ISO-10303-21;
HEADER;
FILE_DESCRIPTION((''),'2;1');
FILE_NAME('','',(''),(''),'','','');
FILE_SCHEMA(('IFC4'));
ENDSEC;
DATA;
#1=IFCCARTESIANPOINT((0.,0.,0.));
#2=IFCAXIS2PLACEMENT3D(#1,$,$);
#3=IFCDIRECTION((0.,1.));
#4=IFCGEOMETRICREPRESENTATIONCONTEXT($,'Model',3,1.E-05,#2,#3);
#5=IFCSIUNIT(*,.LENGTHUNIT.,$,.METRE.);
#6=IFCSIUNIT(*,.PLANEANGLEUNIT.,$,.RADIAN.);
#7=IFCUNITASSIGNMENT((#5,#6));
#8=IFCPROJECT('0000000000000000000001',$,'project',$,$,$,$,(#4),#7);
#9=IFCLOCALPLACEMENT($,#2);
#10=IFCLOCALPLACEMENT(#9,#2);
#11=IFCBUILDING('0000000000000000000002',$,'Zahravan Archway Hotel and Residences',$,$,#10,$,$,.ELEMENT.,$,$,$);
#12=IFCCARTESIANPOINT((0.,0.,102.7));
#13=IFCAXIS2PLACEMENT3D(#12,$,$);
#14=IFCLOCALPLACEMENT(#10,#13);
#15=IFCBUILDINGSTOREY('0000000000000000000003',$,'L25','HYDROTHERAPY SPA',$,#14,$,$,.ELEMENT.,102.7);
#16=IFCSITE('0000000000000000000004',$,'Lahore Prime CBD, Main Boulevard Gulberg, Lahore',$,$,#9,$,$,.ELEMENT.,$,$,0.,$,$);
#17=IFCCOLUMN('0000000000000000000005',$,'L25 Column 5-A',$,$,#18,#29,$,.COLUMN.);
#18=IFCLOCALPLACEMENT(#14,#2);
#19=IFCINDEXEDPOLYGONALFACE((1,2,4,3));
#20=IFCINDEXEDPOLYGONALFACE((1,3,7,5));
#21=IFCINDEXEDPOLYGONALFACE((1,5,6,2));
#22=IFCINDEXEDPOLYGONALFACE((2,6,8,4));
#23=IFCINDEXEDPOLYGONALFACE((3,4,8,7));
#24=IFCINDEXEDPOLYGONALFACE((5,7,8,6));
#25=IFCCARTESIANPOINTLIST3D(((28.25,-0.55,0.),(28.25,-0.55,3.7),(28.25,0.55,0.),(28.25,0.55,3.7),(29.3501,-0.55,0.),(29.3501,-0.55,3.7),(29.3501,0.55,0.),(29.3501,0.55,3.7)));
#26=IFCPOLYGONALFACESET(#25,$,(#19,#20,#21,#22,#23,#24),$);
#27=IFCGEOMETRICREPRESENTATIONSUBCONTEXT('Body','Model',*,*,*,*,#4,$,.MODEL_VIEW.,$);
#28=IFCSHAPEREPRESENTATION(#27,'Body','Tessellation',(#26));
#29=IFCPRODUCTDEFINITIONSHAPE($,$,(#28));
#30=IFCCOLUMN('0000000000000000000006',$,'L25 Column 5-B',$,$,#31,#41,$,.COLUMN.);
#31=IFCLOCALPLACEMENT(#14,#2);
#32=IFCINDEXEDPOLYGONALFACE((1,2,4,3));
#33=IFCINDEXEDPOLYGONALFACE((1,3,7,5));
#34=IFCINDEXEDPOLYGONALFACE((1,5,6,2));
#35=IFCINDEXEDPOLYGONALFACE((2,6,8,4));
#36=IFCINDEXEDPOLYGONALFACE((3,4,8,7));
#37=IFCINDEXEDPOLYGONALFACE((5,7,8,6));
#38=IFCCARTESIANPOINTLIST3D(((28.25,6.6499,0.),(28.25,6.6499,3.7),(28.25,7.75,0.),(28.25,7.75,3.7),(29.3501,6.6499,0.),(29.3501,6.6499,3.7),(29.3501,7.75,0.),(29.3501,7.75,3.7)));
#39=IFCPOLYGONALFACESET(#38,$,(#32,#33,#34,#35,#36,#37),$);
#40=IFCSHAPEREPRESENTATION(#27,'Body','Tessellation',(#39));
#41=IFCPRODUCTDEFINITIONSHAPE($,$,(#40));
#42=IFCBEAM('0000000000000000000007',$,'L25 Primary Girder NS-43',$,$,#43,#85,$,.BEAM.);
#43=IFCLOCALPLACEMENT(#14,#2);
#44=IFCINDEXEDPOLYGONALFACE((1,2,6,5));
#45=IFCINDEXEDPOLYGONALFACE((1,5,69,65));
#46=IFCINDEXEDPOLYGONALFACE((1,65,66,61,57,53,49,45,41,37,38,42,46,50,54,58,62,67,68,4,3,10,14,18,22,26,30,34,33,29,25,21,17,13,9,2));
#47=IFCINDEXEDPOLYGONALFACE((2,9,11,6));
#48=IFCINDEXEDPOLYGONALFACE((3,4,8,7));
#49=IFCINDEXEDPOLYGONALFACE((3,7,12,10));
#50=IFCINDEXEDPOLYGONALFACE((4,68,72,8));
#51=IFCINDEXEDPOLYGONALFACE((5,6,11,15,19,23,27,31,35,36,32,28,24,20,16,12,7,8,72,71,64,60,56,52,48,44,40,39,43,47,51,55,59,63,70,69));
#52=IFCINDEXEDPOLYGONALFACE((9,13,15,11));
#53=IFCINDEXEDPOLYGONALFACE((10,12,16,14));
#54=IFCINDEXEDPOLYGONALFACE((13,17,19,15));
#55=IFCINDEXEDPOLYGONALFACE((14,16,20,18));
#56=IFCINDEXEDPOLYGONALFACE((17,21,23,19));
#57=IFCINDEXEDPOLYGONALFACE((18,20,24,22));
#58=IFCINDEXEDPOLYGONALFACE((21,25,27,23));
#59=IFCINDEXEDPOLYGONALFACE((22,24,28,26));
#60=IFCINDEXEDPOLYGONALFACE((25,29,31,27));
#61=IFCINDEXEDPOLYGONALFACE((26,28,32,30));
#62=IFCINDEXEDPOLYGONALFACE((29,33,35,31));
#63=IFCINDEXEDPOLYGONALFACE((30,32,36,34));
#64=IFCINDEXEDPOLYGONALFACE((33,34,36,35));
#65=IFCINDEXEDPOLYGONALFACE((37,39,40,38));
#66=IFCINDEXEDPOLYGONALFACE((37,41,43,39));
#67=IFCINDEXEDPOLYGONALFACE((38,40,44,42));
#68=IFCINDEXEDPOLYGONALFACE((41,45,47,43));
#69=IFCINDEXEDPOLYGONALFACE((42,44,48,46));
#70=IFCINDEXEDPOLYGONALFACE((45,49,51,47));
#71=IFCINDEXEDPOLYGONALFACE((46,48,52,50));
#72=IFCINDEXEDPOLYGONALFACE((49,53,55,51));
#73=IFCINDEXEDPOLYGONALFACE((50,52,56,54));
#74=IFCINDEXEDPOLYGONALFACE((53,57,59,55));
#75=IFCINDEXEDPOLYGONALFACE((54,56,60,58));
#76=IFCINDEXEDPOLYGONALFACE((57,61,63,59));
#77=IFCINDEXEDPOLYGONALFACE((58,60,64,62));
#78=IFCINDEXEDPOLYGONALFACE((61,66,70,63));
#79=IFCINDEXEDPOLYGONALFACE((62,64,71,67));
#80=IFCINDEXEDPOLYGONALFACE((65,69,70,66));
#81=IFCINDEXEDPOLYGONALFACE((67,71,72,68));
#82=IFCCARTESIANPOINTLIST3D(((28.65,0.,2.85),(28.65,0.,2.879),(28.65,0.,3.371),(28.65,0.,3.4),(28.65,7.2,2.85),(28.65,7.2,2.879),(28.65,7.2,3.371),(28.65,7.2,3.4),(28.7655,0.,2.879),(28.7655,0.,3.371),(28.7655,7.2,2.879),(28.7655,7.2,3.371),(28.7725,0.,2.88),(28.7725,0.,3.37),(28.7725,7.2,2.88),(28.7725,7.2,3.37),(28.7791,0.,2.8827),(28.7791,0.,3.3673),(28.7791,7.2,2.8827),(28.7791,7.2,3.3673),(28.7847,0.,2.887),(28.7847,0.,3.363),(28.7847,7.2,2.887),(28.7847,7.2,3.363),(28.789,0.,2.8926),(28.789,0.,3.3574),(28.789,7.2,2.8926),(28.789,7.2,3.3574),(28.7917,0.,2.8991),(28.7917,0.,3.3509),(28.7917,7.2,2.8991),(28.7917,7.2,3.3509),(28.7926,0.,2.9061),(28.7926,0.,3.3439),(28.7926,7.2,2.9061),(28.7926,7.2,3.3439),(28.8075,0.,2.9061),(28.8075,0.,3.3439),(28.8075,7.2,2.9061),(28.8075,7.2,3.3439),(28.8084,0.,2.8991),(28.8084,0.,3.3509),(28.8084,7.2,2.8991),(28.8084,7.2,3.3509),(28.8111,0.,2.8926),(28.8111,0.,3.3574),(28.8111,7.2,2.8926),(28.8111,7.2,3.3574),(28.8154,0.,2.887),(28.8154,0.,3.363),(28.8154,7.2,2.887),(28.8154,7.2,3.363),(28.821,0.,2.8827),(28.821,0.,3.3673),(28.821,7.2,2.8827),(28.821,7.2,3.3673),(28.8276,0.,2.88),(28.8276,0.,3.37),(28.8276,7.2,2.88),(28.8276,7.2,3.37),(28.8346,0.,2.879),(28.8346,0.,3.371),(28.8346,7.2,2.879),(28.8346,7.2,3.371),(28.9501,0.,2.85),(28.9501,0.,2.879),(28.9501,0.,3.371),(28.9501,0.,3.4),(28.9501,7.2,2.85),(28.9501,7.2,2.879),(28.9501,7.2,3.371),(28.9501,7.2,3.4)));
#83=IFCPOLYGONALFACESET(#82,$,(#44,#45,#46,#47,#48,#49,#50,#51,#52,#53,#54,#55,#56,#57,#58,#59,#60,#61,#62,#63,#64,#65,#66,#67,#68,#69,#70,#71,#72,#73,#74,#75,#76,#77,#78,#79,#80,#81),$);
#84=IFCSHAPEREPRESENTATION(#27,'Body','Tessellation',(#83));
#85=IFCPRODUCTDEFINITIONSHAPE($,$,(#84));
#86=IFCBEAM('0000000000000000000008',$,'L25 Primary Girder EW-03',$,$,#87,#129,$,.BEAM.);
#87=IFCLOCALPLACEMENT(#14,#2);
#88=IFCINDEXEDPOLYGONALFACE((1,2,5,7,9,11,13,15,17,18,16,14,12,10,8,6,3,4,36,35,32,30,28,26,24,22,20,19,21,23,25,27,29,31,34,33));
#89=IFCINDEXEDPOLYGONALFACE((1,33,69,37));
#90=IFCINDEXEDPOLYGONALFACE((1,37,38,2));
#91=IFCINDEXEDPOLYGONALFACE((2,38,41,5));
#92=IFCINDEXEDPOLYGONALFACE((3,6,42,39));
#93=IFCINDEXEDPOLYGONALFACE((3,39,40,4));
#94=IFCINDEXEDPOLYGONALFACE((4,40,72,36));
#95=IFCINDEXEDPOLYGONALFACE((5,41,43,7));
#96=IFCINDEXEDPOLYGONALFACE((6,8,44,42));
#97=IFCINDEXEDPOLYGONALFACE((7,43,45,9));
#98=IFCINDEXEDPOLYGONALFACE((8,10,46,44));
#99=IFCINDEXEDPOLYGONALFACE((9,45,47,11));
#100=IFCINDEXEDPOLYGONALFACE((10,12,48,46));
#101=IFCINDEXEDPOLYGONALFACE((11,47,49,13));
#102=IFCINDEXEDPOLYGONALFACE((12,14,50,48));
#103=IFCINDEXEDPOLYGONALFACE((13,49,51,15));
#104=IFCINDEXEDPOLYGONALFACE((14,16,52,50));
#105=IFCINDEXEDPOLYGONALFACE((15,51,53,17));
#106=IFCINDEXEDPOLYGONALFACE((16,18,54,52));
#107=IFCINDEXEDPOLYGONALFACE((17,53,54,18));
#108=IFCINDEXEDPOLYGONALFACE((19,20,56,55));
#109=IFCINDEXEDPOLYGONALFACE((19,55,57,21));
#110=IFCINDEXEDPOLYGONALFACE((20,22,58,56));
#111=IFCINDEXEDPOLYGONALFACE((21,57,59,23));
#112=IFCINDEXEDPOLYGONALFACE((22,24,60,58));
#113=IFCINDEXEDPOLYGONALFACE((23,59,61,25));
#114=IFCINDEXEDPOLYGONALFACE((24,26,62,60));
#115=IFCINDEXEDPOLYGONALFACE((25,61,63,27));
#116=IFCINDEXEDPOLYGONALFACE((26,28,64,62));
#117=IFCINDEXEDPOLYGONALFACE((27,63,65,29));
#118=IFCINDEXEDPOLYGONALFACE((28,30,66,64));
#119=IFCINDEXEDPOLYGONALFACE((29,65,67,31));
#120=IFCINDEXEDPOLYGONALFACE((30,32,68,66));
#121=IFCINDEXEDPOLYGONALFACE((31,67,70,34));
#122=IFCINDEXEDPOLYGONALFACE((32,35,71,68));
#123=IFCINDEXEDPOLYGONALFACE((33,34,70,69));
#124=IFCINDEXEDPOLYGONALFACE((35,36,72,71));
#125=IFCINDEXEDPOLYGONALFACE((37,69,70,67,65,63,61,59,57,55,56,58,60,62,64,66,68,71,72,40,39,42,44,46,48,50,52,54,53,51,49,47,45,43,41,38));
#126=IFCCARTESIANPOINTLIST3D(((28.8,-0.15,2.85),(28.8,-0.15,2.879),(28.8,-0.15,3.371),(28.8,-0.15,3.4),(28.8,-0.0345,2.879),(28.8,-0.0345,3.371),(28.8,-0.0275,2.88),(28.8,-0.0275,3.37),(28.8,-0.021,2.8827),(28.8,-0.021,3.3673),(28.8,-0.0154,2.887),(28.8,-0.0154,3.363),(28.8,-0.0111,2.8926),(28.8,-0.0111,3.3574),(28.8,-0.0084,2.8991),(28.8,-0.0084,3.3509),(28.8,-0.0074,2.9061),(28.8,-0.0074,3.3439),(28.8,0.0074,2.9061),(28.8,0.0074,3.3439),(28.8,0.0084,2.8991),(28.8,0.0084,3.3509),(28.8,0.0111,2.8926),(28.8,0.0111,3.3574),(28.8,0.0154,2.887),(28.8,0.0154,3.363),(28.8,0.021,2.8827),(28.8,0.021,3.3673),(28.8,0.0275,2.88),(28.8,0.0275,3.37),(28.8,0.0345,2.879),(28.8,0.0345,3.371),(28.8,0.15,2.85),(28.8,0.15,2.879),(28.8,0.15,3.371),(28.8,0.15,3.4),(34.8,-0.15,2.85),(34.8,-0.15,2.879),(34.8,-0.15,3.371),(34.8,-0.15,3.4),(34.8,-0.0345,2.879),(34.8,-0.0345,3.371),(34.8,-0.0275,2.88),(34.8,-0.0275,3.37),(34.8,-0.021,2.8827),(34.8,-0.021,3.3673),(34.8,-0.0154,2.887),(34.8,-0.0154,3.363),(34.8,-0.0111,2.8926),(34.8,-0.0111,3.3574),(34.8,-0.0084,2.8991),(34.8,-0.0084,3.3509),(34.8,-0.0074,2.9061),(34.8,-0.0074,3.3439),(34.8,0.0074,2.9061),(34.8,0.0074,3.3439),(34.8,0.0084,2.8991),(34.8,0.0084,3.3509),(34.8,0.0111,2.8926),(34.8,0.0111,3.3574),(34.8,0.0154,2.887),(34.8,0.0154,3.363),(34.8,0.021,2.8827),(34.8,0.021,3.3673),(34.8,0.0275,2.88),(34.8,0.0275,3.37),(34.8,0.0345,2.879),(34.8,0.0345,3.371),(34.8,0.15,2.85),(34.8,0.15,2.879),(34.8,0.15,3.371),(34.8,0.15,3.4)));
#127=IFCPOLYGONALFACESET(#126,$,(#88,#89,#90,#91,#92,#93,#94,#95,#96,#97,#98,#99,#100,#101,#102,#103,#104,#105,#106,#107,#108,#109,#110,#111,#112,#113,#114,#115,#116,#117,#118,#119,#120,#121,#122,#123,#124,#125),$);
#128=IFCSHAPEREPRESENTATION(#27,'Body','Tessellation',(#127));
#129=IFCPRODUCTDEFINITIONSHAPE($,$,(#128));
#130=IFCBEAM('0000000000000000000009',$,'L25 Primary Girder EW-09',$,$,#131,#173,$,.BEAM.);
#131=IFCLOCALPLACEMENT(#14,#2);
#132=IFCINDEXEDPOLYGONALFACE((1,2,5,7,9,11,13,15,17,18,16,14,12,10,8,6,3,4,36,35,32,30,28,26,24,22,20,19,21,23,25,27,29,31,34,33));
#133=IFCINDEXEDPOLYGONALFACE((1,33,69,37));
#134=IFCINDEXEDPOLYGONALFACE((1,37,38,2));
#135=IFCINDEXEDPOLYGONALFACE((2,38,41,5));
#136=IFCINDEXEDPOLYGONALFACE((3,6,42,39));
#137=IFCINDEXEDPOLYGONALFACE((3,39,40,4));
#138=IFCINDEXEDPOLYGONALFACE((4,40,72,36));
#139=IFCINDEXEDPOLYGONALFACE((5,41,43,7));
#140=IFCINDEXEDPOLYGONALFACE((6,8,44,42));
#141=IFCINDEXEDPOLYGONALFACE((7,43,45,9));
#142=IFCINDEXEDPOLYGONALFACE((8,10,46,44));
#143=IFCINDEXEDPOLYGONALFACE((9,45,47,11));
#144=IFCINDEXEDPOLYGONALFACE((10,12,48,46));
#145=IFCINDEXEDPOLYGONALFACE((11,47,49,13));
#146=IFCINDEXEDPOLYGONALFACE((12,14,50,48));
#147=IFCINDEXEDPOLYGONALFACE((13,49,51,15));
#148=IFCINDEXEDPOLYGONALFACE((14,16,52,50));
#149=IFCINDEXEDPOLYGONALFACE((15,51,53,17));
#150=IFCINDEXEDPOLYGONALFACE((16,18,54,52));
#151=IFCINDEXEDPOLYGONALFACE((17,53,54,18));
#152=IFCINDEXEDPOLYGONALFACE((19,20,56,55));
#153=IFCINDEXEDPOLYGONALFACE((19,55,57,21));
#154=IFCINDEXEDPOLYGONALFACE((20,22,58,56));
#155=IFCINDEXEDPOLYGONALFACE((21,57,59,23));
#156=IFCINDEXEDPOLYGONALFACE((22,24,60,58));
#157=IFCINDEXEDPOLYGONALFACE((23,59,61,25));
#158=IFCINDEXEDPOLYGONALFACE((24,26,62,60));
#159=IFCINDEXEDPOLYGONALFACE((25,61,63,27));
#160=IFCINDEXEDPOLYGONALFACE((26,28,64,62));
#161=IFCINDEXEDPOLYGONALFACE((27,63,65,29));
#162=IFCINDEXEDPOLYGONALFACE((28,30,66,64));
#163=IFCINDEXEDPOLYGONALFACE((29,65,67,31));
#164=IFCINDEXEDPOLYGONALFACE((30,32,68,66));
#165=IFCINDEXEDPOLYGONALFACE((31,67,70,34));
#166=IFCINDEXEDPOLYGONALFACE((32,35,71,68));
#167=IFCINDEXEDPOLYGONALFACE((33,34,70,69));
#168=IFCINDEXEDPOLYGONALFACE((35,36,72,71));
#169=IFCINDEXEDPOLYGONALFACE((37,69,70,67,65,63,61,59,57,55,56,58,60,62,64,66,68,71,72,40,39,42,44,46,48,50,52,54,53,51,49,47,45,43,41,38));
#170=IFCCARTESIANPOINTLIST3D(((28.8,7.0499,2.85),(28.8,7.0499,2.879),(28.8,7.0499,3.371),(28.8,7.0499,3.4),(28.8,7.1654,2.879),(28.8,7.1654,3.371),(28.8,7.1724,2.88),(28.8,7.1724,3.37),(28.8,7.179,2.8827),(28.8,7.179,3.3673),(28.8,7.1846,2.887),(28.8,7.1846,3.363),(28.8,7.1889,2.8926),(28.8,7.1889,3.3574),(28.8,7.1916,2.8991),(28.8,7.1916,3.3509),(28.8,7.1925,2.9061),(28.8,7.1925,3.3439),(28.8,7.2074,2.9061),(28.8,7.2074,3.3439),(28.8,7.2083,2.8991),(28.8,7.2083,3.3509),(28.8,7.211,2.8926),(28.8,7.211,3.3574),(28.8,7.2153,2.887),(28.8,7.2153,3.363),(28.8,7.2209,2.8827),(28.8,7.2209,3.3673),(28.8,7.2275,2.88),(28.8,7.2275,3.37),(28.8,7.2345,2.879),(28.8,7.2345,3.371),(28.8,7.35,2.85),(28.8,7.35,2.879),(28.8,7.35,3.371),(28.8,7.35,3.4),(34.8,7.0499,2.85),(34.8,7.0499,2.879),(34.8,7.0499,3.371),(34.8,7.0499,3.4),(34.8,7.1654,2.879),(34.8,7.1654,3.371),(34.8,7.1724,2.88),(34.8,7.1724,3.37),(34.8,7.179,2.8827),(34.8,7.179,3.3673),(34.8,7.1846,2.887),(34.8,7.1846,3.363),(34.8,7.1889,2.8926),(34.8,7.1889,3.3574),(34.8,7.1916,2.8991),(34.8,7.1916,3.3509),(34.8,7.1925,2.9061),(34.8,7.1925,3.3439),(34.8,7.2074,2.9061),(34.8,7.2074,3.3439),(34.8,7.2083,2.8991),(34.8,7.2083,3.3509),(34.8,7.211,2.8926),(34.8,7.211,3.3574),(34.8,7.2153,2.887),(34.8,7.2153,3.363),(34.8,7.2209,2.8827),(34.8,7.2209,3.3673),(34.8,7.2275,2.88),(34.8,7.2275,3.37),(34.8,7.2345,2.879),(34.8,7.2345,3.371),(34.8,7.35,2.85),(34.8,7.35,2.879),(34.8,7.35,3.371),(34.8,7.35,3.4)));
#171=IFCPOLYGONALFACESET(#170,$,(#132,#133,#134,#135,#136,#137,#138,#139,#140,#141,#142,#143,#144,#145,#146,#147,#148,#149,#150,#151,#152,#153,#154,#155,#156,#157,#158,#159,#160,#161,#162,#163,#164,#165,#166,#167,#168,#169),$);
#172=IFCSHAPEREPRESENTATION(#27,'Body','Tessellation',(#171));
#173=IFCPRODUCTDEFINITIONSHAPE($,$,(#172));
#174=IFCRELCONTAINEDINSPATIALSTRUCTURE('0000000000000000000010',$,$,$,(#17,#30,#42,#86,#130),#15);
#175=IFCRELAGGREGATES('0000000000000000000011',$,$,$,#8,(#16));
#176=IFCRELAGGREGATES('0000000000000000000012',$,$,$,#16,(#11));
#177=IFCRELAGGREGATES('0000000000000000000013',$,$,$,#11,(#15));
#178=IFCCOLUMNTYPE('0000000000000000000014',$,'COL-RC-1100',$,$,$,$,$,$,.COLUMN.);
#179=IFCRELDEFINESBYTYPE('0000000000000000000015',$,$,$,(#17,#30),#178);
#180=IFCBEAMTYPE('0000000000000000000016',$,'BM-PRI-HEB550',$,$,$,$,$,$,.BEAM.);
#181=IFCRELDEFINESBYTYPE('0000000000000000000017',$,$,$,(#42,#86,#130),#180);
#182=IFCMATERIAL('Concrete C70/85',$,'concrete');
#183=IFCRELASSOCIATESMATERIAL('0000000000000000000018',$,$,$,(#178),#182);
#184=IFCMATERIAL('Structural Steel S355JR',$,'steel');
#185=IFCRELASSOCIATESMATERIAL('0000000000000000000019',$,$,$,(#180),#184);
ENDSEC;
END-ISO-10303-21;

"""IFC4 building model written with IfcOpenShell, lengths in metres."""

from ifc_helpers import new_model, si_unit, direction, frame, origin, origin_2d, place, context, subcontext, project, spatial, rectangle, i_section, extrude, source, transform, mapped, material, material_profile, profile_set, type_object, element, save


model = new_model("IFC4")

# Units and contexts
model_context = context("Model", 3, precision=1e-05, world=origin(), true_north=direction((0.0, 1.0)))
body_context = subcontext(model_context, "Body", "Model", "MODEL_VIEW")
ifc_project = project(units=[si_unit("LENGTHUNIT", "METRE"), si_unit("PLANEANGLEUNIT", "RADIAN")], contexts=[model_context])

# Site, building, storey
site_placement = place(None, origin())
site = spatial("IfcSite", under=ifc_project, at=site_placement, Name="Lahore Prime CBD, Main Boulevard Gulberg, Lahore", CompositionType="ELEMENT", RefElevation=0.0)
building_placement = place(site_placement, origin())
building = spatial("IfcBuilding", under=site, at=building_placement, Name="Zahravan Archway Hotel and Residences", CompositionType="ELEMENT")
storey_placement = place(building_placement, frame((0.0, 0.0, 102.7)))
storey = spatial("IfcBuildingStorey", under=building, at=storey_placement, Name="L25", Description="HYDROTHERAPY SPA", CompositionType="ELEMENT", Elevation=102.7)

# Columns
ifc_material_1 = material(Name="Concrete C70/85", Category="concrete")
ifc_material_profile_1 = material_profile(ifc_material_1, rectangle(XDim=1.1001, YDim=1.1001, at=origin_2d()), Name="RC 1100x1100", Category="concrete")
ifc_profile_set_1 = profile_set([ifc_material_profile_1], Name="Concrete C70/85")
column_type = type_object("IfcColumnType", Name="COL-RC-1100", PredefinedType="COLUMN", material=ifc_profile_set_1)
shared_shape_1 = source(origin(), body_context, "Body", "SweptSolid", [
    extrude(rectangle(XDim=1.1001, YDim=1.1001, at=origin_2d()), origin(), (0.0, 0.0, 1.0), 3.7),
])
for number, where, z_axis, x_axis, name in (
    (1, (28.8, 0.0, 0.0), (0.0, 0.0, 1.0), (1.0, 0.0, 0.0), "L25 Column 5-A"),
    (2, (28.8, 7.2, 0.0), (0.0, 0.0, 1.0), (1.0, 0.0, 0.0), "L25 Column 5-B"),
):
    element("IfcColumn", number, at=place(storey_placement, frame(where, z_axis=z_axis, x_axis=x_axis)), inside=storey, type_object=column_type, Name=name, PredefinedType="COLUMN", context=body_context, shape_type="MappedRepresentation", body=[
        mapped(shared_shape_1, transform((0.0, 0.0, 0.0), scale=1.0)),
    ])

# Beams
ifc_material_2 = material(Name="Structural Steel S355JR", Category="steel")
ifc_material_profile_2 = material_profile(ifc_material_2, i_section(OverallWidth=0.3, OverallDepth=0.55, WebThickness=0.0149, FlangeThickness=0.0291, FilletRadius=0.0271, at=origin_2d()), Name="HEB 550", Category="steel")
ifc_profile_set_2 = profile_set([ifc_material_profile_2], Name="Structural Steel S355JR")
beam_type_1 = type_object("IfcBeamType", Name="BM-PRI-HEB550", PredefinedType="BEAM", material=ifc_profile_set_2)
shared_shape_2 = source(origin(), body_context, "Body", "SweptSolid", [
    extrude(i_section(OverallWidth=0.3, OverallDepth=0.55, WebThickness=0.0149, FlangeThickness=0.0291, FilletRadius=0.0271, at=origin_2d()), origin(), (0.0, 0.0, 1.0), 7.2),
])
beam_1_placement = place(storey_placement, frame((28.8, 0.0, 3.125), z_axis=(0.0, 1.0, 0.0), x_axis=(-1.0, 0.0, 0.0)))
element("IfcBeam", 3, at=beam_1_placement, inside=storey, type_object=beam_type_1, Name="L25 Primary Girder NS-43", PredefinedType="BEAM", context=body_context, shape_type="MappedRepresentation", body=[
    mapped(shared_shape_2, transform((0.0, 0.0, 0.0), scale=1.0)),
])
shared_shape_3 = source(origin(), body_context, "Body", "SweptSolid", [
    extrude(i_section(OverallWidth=0.3, OverallDepth=0.55, WebThickness=0.0149, FlangeThickness=0.0291, FilletRadius=0.0271, at=origin_2d()), origin(), (0.0, 0.0, 1.0), 6.0),
])
for number, where, z_axis, x_axis, name in (
    (4, (28.8, 0.0, 3.125), (1.0, 0.0, 0.0), (0.0, 1.0, 0.0), "L25 Primary Girder EW-03"),
    (5, (28.8, 7.2, 3.125), (1.0, 0.0, 0.0), (0.0, 1.0, 0.0), "L25 Primary Girder EW-09"),
):
    element("IfcBeam", number, at=place(storey_placement, frame(where, z_axis=z_axis, x_axis=x_axis)), inside=storey, type_object=beam_type_1, Name=name, PredefinedType="BEAM", context=body_context, shape_type="MappedRepresentation", body=[
        mapped(shared_shape_3, transform((0.0, 0.0, 0.0), scale=1.0)),
    ])

save(model, "model.ifc")
